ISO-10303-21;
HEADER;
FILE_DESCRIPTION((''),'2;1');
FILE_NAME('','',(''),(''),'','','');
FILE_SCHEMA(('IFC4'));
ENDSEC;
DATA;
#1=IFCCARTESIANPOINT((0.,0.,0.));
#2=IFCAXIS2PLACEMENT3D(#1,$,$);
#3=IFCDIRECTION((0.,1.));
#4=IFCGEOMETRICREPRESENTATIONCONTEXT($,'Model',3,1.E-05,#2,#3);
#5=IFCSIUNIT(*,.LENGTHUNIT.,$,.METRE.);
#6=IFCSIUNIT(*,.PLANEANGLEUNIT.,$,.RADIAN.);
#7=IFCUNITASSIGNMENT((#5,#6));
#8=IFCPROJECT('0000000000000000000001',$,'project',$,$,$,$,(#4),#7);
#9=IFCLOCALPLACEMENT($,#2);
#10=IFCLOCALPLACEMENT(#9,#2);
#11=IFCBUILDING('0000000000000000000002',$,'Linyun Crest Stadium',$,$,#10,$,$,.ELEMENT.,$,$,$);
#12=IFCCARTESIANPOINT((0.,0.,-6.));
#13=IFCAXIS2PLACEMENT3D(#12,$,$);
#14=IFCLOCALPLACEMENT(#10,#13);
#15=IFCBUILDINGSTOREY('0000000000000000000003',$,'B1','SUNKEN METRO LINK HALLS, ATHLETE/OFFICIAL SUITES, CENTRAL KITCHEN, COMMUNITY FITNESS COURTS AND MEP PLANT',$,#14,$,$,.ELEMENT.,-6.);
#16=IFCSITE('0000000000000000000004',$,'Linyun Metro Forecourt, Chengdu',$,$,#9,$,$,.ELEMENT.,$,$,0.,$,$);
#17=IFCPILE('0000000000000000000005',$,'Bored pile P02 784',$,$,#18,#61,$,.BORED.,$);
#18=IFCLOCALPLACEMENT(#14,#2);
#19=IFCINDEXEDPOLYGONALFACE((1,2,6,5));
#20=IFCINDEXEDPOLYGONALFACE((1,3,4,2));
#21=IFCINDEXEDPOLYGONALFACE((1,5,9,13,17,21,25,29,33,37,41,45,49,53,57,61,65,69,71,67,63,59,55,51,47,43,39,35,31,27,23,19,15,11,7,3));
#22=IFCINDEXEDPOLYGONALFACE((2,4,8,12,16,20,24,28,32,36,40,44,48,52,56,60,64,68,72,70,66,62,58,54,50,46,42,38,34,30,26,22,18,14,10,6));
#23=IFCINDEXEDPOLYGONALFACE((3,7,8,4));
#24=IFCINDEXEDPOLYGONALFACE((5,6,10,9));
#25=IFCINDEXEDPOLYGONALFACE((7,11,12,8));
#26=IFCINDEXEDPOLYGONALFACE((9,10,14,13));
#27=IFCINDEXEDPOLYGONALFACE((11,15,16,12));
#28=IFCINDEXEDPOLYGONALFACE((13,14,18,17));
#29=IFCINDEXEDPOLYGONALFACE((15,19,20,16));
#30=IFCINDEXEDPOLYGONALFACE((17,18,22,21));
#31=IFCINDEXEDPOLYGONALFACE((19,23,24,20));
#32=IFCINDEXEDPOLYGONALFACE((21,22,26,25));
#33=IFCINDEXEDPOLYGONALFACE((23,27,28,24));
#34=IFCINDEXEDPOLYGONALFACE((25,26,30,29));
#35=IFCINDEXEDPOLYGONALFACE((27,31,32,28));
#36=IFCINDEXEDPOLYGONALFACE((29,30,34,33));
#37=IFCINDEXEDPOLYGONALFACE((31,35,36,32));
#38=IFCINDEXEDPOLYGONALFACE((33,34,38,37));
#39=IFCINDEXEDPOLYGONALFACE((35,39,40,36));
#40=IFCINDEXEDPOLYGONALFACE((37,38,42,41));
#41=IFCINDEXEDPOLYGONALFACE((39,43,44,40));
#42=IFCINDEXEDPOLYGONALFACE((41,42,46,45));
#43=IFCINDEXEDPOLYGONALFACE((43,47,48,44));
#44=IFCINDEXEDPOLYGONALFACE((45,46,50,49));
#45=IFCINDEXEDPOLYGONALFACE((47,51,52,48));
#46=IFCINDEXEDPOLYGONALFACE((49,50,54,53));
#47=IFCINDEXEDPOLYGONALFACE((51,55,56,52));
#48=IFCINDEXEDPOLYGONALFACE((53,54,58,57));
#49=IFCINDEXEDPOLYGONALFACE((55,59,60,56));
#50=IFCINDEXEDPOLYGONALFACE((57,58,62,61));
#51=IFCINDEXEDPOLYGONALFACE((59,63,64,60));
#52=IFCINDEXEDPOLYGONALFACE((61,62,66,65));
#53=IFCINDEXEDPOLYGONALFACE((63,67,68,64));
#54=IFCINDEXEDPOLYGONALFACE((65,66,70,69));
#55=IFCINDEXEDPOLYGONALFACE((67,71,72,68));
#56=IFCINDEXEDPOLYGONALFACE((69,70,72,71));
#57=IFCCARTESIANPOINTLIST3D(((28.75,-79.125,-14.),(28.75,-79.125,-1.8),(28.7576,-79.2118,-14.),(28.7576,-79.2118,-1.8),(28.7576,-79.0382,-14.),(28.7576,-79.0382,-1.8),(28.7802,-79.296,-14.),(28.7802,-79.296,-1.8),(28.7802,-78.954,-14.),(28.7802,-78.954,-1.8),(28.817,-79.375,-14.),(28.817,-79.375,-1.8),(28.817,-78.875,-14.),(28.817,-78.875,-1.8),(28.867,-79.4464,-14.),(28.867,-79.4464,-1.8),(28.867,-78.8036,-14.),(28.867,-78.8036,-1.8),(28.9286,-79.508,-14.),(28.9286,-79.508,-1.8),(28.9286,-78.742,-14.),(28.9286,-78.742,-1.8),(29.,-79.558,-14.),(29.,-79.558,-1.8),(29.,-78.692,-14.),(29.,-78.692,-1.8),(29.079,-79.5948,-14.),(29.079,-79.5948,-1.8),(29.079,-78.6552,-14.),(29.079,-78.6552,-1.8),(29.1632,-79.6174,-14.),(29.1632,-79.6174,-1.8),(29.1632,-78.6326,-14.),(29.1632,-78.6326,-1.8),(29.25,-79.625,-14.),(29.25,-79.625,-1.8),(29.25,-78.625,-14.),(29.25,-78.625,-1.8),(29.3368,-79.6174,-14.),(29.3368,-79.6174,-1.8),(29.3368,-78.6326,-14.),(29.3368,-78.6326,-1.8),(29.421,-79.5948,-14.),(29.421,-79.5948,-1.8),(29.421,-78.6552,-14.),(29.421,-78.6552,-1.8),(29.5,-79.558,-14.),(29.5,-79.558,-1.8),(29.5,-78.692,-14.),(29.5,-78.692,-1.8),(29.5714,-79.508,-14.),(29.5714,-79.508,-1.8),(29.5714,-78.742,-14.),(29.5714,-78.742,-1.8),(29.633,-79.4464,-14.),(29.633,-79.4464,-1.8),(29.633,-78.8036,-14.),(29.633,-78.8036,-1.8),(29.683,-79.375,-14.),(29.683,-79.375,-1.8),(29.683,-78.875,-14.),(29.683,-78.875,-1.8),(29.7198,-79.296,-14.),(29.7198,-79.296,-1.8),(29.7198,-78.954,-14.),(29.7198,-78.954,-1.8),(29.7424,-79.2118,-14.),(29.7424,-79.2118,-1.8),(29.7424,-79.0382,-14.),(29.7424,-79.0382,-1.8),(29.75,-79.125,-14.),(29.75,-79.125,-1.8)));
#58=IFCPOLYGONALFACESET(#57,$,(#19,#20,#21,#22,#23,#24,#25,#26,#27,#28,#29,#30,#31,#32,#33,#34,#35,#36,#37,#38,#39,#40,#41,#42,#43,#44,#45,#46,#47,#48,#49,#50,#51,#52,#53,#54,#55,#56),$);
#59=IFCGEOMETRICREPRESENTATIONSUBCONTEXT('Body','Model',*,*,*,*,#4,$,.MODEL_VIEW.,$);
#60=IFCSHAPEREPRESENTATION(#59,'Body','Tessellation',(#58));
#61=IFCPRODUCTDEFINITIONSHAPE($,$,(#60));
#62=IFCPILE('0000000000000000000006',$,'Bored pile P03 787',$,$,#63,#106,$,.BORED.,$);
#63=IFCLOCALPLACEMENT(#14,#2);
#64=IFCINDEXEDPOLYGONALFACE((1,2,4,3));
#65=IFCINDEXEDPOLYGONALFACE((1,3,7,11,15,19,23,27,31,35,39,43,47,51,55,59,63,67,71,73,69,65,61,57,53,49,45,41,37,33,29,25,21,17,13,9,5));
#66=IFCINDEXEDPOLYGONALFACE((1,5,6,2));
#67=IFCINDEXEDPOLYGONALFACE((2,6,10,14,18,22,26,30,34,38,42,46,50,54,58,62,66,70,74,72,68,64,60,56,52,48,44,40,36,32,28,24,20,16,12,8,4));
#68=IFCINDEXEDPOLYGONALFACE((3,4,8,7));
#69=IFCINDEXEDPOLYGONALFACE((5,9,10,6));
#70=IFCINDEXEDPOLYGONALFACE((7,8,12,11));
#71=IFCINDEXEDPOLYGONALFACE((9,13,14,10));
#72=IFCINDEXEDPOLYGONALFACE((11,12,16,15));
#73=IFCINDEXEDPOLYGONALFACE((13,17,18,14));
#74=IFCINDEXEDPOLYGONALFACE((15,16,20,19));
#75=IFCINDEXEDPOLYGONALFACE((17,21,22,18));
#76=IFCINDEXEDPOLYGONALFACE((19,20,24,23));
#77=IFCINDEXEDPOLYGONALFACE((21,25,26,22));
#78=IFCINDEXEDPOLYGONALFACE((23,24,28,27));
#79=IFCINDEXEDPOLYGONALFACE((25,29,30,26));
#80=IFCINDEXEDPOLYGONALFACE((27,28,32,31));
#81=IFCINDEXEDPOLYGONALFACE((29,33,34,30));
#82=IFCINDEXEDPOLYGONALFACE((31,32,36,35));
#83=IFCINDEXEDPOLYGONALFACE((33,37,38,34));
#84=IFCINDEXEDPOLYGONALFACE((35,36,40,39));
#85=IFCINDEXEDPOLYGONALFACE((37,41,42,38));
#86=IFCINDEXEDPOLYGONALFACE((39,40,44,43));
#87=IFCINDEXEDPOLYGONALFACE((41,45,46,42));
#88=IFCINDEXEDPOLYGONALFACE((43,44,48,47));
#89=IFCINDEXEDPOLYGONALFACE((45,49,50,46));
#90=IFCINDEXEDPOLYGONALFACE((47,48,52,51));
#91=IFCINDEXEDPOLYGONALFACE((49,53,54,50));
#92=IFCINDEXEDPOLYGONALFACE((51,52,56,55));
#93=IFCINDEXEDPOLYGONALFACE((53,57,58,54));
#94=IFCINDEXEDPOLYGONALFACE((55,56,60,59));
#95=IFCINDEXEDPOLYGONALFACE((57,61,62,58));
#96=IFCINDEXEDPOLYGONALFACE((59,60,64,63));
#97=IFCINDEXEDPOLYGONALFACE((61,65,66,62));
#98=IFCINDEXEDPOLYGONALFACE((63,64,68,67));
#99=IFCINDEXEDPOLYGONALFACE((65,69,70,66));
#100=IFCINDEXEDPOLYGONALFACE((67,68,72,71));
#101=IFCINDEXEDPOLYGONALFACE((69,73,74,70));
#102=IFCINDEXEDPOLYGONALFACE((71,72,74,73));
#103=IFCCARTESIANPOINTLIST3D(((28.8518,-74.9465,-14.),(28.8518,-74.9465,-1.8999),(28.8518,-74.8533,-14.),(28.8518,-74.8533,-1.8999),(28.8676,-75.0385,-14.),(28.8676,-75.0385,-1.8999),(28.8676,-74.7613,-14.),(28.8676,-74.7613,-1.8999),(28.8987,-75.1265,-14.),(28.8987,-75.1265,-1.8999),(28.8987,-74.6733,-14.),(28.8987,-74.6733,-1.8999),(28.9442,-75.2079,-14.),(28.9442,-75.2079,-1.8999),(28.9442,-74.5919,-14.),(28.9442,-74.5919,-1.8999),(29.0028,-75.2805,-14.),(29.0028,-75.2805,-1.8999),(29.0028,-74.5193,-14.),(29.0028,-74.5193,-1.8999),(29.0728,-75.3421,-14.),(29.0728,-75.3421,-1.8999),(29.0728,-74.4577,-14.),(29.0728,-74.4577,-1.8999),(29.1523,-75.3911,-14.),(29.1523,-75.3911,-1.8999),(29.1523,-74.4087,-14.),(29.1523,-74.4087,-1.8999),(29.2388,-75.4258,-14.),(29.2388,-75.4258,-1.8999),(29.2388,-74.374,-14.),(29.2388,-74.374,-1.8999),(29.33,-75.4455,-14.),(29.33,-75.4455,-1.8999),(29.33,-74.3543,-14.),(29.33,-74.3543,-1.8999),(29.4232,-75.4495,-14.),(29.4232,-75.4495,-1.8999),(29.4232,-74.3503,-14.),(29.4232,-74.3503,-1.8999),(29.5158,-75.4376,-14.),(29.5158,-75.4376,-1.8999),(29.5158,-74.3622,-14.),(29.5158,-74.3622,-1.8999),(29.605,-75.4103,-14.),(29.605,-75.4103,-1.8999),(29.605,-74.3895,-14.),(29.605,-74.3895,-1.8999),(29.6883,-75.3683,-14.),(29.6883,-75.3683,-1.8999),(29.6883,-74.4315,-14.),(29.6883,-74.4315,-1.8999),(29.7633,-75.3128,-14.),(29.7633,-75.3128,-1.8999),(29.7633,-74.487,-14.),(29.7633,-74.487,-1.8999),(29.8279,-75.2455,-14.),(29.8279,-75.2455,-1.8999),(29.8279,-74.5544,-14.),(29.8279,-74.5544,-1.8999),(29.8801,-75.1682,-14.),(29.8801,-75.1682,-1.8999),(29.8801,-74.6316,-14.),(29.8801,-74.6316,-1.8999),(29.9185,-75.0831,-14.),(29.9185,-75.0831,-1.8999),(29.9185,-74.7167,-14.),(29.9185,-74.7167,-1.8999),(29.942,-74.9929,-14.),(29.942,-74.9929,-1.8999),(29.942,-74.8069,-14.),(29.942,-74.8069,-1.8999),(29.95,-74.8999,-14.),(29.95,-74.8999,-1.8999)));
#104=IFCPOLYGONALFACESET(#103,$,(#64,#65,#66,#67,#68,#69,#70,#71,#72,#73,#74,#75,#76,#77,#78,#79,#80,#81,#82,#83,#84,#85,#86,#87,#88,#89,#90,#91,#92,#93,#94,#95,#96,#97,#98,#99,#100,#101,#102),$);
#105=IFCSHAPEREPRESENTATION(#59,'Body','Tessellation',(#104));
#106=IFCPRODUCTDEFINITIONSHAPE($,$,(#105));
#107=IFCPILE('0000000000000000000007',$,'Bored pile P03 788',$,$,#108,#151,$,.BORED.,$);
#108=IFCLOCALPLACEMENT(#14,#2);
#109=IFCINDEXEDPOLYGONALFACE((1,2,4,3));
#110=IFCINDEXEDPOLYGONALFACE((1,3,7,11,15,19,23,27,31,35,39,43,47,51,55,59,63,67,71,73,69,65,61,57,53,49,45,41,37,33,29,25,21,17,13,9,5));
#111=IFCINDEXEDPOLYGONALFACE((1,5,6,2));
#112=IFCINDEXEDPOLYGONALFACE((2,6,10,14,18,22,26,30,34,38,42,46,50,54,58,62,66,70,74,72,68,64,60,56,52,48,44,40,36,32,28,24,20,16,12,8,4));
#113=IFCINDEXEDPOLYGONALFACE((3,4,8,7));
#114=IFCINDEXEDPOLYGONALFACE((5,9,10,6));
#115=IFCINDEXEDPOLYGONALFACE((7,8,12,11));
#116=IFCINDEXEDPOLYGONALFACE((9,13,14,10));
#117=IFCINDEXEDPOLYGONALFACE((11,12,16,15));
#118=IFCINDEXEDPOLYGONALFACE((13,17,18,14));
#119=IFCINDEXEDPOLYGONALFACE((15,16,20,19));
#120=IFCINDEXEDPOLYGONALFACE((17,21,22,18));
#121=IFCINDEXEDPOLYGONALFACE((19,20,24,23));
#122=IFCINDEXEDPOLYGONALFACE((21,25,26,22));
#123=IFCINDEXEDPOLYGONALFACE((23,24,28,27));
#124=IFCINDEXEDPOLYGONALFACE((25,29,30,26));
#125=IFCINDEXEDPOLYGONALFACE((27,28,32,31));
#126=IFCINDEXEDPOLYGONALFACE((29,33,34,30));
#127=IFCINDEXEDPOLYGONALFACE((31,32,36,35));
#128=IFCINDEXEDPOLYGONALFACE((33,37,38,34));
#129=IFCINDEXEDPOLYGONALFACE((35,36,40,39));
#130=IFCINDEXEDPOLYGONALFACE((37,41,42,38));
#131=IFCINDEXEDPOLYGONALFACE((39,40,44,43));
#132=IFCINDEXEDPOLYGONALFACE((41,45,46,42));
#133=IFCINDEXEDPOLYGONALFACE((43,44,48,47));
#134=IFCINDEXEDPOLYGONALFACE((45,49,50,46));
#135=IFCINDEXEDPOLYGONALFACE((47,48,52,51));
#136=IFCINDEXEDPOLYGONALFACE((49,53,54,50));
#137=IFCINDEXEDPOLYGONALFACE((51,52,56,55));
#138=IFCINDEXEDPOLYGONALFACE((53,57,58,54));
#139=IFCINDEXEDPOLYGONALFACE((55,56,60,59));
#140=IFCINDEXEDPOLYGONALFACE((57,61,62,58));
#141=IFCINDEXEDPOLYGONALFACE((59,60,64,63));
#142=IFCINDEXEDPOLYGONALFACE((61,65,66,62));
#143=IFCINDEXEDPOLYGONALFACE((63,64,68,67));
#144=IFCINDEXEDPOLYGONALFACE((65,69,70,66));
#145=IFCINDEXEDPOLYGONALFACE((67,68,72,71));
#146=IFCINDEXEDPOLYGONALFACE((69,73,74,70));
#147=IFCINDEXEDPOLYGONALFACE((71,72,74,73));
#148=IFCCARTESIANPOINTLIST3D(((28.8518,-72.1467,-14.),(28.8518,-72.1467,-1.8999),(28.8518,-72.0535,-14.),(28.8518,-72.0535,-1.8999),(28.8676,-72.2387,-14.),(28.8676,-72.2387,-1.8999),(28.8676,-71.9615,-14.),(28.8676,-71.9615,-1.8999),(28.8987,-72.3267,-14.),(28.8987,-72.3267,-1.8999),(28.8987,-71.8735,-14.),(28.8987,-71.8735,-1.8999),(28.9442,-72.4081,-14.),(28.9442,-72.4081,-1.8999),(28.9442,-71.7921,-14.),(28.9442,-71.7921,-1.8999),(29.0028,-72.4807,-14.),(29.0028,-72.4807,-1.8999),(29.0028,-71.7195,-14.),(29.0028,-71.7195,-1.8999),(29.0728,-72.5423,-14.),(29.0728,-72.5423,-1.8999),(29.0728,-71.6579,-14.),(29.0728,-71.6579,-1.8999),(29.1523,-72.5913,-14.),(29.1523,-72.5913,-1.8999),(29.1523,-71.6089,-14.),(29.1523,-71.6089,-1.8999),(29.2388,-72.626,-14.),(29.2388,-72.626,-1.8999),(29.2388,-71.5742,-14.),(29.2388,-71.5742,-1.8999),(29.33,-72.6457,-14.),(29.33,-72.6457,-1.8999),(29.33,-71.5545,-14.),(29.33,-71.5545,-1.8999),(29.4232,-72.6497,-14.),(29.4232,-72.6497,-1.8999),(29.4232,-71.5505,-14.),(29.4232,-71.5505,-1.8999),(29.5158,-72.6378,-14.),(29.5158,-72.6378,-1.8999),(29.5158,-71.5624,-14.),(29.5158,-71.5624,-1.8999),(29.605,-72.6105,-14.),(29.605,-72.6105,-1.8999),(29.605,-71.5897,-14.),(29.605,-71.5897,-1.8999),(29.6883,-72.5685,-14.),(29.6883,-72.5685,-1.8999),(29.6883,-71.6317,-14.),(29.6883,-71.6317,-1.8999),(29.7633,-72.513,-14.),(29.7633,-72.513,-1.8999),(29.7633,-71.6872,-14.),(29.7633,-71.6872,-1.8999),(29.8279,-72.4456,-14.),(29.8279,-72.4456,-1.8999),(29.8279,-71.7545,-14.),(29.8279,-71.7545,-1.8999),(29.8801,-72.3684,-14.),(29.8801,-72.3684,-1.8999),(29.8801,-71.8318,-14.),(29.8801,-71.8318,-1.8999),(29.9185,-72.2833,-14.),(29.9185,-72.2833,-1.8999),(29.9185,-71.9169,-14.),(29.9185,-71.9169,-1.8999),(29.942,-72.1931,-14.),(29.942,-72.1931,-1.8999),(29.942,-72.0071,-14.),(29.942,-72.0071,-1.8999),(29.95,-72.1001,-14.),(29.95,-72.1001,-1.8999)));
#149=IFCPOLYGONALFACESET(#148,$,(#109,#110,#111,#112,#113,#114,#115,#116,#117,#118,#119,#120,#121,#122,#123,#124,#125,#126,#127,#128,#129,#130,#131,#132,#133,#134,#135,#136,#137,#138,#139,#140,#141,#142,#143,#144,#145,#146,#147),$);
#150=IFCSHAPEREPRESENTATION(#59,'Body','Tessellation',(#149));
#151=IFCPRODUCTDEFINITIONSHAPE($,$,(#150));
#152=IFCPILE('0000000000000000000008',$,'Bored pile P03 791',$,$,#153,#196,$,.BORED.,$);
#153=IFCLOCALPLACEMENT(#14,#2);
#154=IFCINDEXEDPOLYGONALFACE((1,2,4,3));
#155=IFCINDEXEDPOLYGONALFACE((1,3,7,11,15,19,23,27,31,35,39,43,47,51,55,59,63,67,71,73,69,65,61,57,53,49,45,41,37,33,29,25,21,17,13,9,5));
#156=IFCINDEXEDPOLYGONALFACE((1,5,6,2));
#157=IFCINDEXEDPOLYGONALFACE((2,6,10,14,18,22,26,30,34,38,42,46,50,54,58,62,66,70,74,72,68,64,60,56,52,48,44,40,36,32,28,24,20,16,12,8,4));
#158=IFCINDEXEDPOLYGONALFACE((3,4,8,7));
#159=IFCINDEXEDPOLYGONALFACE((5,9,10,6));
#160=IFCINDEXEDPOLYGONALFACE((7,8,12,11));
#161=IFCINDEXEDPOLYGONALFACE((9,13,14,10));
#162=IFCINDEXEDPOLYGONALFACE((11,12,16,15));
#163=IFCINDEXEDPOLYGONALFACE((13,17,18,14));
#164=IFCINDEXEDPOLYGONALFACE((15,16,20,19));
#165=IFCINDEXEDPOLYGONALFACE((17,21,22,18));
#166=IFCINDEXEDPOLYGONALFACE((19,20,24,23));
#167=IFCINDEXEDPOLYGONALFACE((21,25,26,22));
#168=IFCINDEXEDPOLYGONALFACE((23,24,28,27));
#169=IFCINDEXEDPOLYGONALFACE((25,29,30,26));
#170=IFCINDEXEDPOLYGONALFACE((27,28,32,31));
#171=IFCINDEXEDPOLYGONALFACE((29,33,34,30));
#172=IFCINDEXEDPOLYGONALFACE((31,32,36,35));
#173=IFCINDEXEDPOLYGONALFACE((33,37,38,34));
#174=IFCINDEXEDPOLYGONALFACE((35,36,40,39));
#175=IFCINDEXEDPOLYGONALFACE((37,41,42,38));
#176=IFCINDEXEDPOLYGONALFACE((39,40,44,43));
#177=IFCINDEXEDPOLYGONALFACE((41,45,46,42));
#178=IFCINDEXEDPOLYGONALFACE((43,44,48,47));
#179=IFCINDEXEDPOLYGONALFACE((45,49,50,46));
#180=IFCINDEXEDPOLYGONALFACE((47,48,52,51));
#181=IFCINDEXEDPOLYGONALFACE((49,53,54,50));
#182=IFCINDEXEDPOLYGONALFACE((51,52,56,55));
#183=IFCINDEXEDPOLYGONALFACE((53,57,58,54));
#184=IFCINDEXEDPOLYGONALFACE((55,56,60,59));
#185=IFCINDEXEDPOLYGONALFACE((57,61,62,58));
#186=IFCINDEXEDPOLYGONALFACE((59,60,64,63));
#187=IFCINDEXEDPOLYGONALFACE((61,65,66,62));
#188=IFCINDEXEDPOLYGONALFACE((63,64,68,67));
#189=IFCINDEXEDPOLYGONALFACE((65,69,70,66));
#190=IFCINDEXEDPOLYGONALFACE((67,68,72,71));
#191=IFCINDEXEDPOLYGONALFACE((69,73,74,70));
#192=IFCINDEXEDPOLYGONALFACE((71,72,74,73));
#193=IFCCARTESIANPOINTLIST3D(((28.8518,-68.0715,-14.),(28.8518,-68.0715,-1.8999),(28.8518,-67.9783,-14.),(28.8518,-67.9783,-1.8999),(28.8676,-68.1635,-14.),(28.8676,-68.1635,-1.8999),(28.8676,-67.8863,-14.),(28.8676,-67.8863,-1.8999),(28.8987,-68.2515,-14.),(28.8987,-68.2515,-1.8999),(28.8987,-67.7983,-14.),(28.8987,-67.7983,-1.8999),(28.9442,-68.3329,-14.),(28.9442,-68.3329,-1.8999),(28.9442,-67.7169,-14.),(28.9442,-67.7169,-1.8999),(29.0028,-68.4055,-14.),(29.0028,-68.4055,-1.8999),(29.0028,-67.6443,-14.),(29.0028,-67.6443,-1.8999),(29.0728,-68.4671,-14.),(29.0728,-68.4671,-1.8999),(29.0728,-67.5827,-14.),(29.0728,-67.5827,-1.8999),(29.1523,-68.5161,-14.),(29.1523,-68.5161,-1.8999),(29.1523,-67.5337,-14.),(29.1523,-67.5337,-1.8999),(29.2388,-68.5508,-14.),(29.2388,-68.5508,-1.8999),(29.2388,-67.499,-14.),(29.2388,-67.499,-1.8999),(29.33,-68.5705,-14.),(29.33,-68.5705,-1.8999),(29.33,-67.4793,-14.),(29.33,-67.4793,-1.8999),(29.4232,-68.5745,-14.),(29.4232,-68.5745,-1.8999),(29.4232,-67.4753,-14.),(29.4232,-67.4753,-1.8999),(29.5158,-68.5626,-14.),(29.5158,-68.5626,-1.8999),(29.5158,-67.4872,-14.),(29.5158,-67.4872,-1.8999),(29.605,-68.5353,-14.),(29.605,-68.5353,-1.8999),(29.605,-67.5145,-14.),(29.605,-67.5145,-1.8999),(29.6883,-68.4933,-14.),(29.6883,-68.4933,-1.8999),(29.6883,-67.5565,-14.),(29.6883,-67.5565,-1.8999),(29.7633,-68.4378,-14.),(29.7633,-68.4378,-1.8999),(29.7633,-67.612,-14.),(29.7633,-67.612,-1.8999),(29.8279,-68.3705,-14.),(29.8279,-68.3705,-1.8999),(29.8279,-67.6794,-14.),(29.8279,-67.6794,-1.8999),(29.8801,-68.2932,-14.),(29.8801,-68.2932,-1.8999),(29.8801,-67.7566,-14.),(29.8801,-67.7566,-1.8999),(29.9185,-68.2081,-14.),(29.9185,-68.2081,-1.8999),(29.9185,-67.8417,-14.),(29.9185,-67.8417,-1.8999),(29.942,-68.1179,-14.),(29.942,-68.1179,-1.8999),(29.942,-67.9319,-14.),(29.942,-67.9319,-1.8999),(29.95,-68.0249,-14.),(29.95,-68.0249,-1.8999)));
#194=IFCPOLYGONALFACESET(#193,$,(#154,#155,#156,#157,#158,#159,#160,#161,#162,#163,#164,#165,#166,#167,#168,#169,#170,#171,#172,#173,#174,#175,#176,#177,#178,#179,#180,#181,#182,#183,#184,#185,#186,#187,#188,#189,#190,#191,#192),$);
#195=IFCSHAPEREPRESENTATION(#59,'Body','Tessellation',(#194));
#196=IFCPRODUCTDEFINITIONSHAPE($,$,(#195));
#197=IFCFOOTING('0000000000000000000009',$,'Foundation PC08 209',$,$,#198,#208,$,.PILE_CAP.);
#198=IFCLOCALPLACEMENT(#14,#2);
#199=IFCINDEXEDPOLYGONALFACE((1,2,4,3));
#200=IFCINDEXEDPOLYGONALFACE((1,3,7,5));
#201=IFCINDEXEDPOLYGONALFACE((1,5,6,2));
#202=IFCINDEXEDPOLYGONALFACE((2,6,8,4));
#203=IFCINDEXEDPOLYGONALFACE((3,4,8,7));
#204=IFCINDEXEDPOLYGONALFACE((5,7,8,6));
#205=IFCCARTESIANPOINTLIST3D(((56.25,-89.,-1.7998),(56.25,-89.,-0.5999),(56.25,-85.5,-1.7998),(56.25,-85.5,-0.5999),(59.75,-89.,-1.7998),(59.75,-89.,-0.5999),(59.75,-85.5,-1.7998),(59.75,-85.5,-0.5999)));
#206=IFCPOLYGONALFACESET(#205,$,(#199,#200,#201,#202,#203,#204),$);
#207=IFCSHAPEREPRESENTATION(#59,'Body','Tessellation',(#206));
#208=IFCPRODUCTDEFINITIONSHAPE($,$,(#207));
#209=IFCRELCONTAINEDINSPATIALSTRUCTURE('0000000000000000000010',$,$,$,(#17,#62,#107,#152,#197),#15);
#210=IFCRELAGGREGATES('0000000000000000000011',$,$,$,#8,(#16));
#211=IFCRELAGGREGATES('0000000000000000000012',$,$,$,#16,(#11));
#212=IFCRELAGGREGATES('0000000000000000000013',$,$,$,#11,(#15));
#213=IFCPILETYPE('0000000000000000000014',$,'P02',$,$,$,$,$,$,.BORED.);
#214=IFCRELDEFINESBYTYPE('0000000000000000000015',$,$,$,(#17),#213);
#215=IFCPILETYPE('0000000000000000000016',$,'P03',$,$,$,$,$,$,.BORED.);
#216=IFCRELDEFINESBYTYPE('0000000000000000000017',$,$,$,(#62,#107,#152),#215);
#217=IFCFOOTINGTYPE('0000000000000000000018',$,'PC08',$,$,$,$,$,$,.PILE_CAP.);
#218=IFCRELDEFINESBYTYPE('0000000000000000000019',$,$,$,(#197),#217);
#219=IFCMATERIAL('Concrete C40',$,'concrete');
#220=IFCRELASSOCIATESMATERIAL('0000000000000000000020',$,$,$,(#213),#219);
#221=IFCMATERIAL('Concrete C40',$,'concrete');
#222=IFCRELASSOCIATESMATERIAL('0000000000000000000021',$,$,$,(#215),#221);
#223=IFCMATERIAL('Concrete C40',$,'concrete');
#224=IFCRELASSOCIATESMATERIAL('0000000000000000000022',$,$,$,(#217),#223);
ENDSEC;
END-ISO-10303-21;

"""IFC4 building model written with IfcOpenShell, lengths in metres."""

from ifc_helpers import new_model, si_unit, direction, frame, origin, origin_2d, place, context, subcontext, project, spatial, rectangle, circle, extrude, material, material_profile, profile_set, type_object, element, save


model = new_model("IFC4")

# Units and contexts
model_context = context("Model", 3, precision=1e-05, world=origin(), true_north=direction((0.0, 1.0)))
body_context = subcontext(model_context, "Body", "Model", "MODEL_VIEW")
ifc_project = project(units=[si_unit("LENGTHUNIT", "METRE"), si_unit("PLANEANGLEUNIT", "RADIAN")], contexts=[model_context])

# Site, building, storey
site_placement = place(None, origin())
site = spatial("IfcSite", under=ifc_project, at=site_placement, Name="Linyun Metro Forecourt, Chengdu", CompositionType="ELEMENT", RefElevation=0.0)
building_placement = place(site_placement, origin())
building = spatial("IfcBuilding", under=site, at=building_placement, Name="Linyun Crest Stadium", CompositionType="ELEMENT")
storey_placement = place(building_placement, frame((0.0, 0.0, -6.0)))
storey = spatial("IfcBuildingStorey", under=building, at=storey_placement, Name="B1", Description="SUNKEN METRO LINK HALLS, ATHLETE/OFFICIAL SUITES, CENTRAL KITCHEN, COMMUNITY FITNESS COURTS AND MEP PLANT", CompositionType="ELEMENT", Elevation=-6.0)

# Piles
ifc_material_1 = material(Name="Concrete C40", Category="concrete")
ifc_material_profile_1 = material_profile(ifc_material_1, circle(Radius=0.5, at=origin_2d()), Name="BORED PILE 1000")
ifc_profile_set_1 = profile_set([ifc_material_profile_1], Name="Concrete C40")
pile_type_1 = type_object("IfcPileType", Name="P02", PredefinedType="BORED", material=ifc_profile_set_1)
pile_placement = place(storey_placement, frame((29.25, -79.125, -1.8), z_axis=(0.0, 0.0, -1.0), x_axis=(1.0, 0.0, 0.0)))
element("IfcPile", 1, at=pile_placement, inside=storey, type_object=pile_type_1, Name="Bored pile P02 784", PredefinedType="BORED", context=body_context, shape_type="SweptSolid", body=[
    extrude(circle(Radius=0.5, at=origin_2d()), origin(), (0.0, 0.0, 1.0), 12.2),
])
ifc_material_2 = material(Name="Concrete C40", Category="concrete")
ifc_material_profile_2 = material_profile(ifc_material_2, circle(Radius=0.55, at=origin_2d()), Name="BORED PILE 1100")
ifc_profile_set_2 = profile_set([ifc_material_profile_2], Name="Concrete C40")
pile_type_2 = type_object("IfcPileType", Name="P03", PredefinedType="BORED", material=ifc_profile_set_2)
for number, where, z_axis, x_axis, name in (
    (2, (29.3999, -74.8999, -1.8999), (0.0, 0.0, -1.0), (1.0, 0.0, 0.0), "Bored pile P03 787"),
    (3, (29.3999, -72.1001, -1.8999), (0.0, 0.0, -1.0), (1.0, 0.0, 0.0), "Bored pile P03 788"),
    (4, (29.3999, -68.0249, -1.8999), (0.0, 0.0, -1.0), (1.0, 0.0, 0.0), "Bored pile P03 791"),
):
    element("IfcPile", number, at=place(storey_placement, frame(where, z_axis=z_axis, x_axis=x_axis)), inside=storey, type_object=pile_type_2, Name=name, PredefinedType="BORED", context=body_context, shape_type="SweptSolid", body=[
        extrude(circle(Radius=0.55, at=origin_2d()), origin(), (0.0, 0.0, 1.0), 12.1001),
    ])

# Footing
ifc_material_3 = material(Name="Concrete C40", Category="concrete")
footing_type_1 = type_object("IfcFootingType", Name="PC08", PredefinedType="PILE_CAP", material=ifc_material_3)
footing_1_placement = place(storey_placement, frame((58.0, -87.25, -1.7998), z_axis=(0.0, 0.0, 1.0), x_axis=(1.0, 0.0, 0.0)))
element("IfcFooting", 5, at=footing_1_placement, inside=storey, type_object=footing_type_1, Name="Foundation PC08 209", PredefinedType="PILE_CAP", context=body_context, shape_type="SweptSolid", body=[
    extrude(rectangle(XDim=3.5, YDim=3.5, at=origin_2d()), origin(), (0.0, 0.0, 1.0), 1.2),
])

save(model, "model.ifc")
